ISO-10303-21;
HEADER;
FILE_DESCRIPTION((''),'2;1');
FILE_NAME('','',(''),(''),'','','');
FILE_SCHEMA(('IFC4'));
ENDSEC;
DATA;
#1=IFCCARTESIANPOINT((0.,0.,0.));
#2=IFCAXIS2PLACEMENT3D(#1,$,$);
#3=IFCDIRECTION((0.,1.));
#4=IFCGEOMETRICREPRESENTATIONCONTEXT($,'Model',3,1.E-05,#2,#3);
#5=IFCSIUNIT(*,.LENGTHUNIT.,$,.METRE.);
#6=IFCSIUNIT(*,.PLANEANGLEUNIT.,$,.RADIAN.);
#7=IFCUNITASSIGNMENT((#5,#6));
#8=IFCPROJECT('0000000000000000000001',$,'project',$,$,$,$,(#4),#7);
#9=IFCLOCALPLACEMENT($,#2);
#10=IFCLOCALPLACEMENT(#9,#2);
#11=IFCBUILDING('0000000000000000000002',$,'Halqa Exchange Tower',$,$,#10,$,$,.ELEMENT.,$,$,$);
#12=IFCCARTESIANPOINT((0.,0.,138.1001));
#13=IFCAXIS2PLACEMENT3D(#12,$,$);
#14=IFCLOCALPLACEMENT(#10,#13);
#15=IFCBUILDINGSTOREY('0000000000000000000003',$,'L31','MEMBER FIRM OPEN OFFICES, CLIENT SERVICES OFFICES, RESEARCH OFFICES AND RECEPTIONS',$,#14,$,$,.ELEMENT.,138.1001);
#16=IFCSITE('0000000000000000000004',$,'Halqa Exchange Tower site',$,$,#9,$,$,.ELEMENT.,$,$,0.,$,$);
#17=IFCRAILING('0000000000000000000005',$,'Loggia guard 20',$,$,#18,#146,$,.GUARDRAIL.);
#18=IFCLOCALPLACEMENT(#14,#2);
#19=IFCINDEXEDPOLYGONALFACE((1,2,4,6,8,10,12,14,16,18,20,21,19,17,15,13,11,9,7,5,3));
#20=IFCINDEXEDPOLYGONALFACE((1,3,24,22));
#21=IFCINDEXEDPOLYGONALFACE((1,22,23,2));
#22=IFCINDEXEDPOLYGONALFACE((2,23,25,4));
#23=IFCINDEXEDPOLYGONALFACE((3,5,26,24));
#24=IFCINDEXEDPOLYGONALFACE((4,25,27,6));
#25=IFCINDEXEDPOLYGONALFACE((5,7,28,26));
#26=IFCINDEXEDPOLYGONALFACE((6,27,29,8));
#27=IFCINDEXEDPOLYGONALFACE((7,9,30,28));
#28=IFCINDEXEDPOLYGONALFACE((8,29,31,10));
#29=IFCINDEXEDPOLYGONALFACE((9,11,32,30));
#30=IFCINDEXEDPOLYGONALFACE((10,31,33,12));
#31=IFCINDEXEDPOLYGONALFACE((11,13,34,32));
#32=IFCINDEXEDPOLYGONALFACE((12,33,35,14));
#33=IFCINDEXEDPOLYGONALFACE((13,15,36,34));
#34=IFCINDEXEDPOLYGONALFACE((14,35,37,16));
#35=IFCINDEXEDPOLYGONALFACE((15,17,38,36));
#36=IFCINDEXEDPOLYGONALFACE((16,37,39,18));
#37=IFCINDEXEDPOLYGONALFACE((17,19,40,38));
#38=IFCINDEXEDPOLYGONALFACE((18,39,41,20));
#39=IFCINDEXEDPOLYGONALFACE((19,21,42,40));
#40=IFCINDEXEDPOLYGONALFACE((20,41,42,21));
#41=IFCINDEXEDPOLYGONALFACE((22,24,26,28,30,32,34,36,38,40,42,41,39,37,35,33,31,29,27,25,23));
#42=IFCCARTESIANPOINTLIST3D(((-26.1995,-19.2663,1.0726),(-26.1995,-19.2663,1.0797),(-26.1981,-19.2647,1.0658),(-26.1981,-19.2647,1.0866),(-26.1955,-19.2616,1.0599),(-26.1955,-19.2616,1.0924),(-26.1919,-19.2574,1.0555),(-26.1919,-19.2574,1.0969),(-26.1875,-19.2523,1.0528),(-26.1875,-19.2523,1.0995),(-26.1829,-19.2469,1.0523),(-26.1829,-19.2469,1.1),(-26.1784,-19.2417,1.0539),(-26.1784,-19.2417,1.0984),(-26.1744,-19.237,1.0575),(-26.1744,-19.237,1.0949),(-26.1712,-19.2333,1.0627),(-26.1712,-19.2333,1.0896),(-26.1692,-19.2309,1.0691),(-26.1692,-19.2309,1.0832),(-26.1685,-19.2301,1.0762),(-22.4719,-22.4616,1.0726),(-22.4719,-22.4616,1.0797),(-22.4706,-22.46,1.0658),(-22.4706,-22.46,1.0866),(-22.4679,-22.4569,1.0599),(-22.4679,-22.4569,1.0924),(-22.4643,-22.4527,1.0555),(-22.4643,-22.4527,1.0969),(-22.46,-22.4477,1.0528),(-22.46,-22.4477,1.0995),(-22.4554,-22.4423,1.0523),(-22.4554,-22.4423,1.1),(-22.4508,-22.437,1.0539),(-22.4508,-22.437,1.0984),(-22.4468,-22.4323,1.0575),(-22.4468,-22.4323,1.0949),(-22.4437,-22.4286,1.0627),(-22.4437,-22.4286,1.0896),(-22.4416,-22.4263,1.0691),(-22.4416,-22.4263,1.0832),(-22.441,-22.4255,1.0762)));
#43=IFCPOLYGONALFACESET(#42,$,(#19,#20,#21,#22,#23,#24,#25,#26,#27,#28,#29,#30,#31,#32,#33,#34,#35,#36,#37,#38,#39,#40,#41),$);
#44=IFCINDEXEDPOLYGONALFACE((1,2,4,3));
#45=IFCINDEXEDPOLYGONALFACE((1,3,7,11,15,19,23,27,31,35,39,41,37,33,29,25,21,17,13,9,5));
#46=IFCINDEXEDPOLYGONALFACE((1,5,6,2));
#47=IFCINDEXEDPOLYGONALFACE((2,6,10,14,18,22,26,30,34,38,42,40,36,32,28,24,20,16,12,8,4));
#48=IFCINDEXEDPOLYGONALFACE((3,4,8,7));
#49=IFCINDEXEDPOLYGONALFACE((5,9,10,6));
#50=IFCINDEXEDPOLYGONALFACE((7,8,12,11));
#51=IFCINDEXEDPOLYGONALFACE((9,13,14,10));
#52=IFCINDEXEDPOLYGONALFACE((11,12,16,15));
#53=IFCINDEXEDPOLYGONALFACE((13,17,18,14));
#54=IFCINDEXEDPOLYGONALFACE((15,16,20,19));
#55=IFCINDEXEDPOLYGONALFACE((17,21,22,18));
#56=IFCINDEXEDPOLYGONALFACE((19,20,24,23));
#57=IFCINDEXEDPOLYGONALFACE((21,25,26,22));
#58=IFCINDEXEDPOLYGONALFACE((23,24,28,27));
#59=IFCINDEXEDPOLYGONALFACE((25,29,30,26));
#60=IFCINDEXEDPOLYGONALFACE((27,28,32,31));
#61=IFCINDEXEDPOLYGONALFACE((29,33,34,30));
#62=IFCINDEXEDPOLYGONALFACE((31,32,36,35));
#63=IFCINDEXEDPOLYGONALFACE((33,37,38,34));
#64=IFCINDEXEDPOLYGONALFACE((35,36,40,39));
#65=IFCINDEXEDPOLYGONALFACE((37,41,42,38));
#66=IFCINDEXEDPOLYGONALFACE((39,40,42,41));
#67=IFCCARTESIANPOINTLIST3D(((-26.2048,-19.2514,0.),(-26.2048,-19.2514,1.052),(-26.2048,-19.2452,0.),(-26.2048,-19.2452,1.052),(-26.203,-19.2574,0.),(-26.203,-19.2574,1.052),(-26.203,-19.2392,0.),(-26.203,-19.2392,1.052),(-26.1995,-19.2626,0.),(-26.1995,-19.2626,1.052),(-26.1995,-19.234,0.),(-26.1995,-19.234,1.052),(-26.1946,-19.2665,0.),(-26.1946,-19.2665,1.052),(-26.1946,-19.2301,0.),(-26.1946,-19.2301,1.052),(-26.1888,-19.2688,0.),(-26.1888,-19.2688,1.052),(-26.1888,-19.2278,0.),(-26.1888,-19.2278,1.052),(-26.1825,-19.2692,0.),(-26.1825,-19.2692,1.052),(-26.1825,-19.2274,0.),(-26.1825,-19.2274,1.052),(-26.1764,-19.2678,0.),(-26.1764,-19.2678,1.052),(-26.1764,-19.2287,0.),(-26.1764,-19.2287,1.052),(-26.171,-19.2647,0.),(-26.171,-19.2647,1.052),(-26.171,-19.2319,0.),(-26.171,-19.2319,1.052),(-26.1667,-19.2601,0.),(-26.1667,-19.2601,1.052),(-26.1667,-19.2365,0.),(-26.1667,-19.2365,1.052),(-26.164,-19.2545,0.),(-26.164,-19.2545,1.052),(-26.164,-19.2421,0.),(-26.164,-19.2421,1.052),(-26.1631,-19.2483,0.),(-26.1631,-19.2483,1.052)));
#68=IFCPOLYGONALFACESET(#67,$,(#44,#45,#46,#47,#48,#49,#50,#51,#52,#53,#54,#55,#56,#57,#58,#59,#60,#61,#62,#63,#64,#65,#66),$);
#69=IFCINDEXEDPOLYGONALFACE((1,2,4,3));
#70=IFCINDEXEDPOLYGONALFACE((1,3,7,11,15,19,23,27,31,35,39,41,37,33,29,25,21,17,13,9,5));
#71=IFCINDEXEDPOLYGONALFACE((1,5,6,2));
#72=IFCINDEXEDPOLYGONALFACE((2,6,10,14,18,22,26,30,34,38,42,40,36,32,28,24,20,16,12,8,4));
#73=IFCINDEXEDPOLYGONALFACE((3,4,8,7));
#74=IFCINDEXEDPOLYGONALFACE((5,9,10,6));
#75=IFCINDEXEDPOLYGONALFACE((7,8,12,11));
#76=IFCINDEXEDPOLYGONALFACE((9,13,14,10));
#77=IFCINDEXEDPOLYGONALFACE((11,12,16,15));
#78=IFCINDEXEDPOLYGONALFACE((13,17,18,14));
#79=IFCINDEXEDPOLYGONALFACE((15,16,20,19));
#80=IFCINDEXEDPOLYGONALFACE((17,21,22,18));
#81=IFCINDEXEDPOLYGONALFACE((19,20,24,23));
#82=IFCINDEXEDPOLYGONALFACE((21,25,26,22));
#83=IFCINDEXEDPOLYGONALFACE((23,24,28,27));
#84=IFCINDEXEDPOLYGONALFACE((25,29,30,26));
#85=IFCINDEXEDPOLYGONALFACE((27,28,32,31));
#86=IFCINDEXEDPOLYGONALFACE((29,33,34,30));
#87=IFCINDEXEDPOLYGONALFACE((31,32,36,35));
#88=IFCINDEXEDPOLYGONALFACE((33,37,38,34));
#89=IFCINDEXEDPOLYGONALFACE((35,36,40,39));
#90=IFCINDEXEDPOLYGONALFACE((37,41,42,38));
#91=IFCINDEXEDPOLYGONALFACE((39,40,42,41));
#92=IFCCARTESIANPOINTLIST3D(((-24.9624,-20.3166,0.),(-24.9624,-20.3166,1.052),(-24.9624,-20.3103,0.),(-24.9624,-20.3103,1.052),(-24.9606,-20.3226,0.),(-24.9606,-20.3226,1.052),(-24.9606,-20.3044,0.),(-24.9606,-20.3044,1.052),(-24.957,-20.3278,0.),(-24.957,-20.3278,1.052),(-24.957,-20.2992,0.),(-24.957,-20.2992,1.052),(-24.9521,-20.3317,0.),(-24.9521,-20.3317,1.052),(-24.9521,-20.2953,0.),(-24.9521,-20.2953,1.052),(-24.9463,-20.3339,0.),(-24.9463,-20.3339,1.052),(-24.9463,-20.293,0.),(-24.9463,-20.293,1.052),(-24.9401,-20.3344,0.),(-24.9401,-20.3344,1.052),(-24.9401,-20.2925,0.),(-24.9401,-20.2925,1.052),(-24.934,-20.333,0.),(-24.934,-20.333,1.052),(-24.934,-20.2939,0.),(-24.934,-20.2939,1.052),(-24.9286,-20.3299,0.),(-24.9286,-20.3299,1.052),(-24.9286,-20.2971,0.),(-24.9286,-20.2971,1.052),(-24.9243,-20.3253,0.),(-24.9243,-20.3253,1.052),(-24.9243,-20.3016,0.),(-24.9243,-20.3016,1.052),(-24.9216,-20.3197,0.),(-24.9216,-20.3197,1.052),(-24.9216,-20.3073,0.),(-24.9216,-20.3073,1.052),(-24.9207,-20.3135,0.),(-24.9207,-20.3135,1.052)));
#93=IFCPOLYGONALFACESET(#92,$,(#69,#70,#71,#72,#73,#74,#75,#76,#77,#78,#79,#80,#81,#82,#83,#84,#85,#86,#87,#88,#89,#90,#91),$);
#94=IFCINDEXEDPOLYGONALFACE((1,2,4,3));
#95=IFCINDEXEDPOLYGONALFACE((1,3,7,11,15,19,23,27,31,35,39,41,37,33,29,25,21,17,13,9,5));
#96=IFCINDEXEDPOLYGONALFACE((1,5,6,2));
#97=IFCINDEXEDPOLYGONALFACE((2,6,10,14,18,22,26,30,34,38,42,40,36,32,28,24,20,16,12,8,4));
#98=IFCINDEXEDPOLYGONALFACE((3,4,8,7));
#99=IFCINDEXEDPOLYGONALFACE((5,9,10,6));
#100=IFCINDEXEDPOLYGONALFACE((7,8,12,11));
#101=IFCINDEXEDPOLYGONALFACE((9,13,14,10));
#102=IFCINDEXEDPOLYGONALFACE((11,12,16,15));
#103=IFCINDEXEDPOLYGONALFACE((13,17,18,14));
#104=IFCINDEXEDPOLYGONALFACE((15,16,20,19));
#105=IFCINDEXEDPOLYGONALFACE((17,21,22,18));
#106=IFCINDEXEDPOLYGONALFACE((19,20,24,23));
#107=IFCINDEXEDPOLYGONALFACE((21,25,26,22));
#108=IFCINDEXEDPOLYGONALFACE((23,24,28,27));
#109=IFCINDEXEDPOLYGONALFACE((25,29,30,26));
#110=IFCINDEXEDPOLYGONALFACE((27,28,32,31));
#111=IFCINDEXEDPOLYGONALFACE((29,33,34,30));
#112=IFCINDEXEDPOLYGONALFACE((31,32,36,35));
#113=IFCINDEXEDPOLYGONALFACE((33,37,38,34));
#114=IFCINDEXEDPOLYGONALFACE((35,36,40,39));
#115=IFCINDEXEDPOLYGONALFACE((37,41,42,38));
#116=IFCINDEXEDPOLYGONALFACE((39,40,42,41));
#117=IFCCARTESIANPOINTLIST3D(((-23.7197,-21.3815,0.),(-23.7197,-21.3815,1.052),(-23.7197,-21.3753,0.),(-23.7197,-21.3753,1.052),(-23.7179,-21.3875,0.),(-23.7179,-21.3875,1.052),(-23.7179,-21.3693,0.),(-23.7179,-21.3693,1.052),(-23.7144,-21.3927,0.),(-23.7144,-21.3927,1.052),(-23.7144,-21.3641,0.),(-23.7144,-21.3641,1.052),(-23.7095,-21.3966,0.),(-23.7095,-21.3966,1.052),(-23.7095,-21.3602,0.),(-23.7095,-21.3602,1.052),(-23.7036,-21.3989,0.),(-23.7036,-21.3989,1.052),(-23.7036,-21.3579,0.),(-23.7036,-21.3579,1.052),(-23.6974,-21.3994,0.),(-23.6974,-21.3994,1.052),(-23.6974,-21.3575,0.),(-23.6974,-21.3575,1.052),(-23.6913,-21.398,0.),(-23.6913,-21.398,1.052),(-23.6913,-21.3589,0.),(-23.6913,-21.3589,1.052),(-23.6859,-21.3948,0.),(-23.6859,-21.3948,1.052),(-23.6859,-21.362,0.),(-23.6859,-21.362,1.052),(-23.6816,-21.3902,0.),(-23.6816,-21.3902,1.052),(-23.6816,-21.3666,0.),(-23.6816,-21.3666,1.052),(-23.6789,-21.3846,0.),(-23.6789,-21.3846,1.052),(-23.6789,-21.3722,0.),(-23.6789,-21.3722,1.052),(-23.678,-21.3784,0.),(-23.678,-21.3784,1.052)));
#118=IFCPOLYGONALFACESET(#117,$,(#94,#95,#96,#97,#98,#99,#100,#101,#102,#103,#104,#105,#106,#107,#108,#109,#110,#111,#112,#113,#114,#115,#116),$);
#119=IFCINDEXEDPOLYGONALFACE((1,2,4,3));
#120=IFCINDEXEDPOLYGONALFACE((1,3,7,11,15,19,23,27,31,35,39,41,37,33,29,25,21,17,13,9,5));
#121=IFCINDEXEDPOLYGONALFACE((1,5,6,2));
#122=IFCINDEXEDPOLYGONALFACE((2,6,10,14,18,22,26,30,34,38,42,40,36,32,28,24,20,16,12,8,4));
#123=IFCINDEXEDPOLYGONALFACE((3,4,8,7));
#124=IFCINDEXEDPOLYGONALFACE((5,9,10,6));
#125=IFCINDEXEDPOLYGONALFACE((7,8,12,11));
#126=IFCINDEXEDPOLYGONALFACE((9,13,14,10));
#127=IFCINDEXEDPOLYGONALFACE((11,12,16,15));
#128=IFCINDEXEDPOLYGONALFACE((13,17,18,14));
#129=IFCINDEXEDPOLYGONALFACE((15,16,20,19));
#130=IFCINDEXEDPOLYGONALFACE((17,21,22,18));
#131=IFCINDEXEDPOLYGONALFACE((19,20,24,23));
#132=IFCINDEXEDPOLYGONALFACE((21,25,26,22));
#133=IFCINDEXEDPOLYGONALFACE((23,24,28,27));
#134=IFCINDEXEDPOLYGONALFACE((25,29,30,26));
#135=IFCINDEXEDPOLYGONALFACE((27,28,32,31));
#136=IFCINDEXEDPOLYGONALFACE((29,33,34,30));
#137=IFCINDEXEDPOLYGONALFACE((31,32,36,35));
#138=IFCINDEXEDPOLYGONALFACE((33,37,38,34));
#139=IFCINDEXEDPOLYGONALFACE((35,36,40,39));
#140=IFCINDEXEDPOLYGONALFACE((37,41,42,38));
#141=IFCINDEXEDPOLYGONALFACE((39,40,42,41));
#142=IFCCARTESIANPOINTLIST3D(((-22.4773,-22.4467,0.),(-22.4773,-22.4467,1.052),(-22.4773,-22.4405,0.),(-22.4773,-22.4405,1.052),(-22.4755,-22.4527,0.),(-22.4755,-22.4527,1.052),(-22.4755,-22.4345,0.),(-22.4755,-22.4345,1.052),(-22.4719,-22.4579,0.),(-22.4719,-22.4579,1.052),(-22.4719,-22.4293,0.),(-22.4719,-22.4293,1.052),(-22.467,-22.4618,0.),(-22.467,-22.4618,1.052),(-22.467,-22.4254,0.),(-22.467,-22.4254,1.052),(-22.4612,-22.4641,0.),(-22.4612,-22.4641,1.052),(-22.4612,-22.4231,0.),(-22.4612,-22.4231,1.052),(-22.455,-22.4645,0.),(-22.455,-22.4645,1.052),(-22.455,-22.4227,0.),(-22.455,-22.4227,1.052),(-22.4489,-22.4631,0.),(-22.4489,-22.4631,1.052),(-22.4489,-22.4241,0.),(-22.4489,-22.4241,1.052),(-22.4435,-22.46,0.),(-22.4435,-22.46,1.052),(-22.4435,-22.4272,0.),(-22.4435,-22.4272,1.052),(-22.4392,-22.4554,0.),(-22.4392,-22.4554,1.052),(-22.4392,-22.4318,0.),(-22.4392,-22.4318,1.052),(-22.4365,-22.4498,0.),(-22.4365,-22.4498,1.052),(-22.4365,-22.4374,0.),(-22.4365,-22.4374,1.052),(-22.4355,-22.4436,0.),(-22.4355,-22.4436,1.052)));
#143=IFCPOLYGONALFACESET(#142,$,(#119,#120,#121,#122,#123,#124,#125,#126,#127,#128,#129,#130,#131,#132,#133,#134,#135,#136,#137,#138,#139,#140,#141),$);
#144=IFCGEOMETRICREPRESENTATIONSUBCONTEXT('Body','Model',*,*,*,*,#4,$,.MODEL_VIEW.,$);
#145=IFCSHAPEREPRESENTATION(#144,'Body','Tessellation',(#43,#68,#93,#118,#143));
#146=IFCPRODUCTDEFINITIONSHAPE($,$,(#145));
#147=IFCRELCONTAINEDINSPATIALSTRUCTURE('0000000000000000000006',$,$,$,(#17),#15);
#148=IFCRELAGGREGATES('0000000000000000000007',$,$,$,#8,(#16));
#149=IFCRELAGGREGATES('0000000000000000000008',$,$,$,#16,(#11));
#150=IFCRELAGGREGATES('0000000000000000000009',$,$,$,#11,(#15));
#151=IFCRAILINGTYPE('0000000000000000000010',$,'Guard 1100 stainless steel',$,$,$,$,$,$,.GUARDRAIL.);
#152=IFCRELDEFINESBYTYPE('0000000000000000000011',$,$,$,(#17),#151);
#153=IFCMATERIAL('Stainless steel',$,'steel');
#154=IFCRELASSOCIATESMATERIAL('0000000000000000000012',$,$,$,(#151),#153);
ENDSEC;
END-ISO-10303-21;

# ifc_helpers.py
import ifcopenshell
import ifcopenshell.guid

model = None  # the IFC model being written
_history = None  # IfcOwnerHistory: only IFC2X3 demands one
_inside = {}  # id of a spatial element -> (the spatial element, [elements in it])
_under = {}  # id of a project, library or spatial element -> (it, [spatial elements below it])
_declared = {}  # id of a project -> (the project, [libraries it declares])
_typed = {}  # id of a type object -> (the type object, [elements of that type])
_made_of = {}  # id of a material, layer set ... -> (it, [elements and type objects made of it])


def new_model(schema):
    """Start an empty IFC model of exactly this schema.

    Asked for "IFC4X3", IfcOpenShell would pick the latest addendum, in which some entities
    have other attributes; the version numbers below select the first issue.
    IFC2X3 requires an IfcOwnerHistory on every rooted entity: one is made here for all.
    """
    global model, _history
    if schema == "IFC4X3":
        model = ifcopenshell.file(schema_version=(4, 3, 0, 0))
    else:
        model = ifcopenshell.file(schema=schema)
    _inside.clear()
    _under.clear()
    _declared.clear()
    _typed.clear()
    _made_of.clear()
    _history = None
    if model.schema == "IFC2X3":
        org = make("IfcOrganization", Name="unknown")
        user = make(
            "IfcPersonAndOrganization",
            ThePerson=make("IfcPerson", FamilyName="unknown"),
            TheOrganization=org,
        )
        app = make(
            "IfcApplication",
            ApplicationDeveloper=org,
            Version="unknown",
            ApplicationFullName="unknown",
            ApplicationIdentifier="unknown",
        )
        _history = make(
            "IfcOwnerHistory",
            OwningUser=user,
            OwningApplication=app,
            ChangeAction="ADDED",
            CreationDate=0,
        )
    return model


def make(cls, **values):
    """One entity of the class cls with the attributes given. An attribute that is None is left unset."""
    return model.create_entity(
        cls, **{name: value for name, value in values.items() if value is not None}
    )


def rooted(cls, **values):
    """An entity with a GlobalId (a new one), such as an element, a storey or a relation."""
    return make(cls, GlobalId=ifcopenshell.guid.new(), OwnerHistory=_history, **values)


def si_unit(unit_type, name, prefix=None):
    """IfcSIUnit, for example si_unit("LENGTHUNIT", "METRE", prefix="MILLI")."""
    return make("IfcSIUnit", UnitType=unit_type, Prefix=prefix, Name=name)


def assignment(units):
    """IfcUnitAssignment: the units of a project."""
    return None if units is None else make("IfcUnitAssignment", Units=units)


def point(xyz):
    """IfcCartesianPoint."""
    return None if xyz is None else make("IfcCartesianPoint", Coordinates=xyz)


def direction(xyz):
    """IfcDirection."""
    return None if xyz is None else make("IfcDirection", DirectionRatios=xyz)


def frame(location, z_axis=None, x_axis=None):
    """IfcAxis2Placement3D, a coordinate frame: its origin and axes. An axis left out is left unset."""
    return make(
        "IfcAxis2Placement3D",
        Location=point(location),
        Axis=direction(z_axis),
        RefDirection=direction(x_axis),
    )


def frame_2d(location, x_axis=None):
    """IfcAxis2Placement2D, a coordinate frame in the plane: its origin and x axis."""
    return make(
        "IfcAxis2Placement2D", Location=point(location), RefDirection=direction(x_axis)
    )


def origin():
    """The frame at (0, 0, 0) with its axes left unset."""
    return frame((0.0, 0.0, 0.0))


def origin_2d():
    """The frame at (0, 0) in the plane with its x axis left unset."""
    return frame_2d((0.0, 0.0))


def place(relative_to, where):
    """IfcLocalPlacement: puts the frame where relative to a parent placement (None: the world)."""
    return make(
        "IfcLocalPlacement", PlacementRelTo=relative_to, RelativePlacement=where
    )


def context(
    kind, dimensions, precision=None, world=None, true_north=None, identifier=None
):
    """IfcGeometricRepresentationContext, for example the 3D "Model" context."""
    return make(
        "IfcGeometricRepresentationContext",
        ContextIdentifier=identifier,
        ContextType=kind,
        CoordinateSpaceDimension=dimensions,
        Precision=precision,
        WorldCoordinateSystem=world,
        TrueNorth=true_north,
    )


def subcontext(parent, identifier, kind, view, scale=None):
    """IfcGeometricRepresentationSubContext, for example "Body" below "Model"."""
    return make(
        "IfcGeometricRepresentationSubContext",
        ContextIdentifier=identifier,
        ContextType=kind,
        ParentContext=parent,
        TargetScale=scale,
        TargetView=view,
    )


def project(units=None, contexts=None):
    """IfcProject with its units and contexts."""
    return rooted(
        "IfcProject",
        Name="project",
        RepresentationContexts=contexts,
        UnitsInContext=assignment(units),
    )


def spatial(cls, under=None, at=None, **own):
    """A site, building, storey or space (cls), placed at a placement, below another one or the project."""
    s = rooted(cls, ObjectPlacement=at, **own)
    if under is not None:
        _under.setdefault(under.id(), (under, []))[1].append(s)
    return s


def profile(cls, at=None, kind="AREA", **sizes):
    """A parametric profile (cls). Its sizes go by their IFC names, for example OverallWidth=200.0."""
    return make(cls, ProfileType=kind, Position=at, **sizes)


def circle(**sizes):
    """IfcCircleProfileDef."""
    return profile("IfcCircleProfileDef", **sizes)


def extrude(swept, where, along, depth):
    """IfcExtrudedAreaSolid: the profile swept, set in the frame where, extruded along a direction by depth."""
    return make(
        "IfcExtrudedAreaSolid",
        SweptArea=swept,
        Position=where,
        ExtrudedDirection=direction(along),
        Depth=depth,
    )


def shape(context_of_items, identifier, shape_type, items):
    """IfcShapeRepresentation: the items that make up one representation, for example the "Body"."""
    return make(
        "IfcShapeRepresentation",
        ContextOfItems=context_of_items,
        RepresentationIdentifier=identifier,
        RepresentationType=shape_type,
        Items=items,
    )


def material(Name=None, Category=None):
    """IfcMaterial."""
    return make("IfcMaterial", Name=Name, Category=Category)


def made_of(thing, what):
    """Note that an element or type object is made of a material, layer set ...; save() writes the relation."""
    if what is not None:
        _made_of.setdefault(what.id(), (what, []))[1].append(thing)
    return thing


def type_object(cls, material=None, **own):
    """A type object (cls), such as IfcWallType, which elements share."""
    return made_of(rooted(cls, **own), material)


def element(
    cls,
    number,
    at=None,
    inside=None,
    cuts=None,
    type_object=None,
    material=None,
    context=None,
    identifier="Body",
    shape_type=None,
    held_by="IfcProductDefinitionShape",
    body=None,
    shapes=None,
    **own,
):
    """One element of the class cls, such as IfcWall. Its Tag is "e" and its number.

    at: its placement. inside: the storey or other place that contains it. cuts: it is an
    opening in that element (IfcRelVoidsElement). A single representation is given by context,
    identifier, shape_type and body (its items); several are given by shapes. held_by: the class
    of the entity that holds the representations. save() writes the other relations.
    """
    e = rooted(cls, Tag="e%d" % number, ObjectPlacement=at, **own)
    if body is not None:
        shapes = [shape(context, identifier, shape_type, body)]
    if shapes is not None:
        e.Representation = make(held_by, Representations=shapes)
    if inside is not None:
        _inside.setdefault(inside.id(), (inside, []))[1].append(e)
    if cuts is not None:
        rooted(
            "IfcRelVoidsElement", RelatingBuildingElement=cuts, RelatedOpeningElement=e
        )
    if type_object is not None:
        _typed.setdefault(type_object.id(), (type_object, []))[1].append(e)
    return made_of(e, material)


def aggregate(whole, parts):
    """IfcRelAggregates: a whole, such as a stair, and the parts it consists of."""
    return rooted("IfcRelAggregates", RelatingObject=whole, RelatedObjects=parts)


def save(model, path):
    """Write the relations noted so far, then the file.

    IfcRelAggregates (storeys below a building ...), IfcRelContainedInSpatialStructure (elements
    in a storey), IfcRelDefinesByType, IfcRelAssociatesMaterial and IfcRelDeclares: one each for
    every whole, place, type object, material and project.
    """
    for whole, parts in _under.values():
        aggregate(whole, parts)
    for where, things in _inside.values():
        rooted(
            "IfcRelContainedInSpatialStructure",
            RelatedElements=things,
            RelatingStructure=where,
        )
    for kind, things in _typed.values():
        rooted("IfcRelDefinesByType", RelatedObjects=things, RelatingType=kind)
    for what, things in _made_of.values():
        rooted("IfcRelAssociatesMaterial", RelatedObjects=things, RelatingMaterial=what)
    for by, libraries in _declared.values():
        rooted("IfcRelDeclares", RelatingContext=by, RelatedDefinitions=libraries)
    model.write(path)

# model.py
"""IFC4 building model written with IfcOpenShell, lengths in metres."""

from ifc_helpers import new_model, si_unit, direction, frame, origin, origin_2d, place, context, subcontext, project, spatial, circle, extrude, material, type_object, element, save


model = new_model("IFC4")

# Units and contexts
model_context = context("Model", 3, precision=1e-05, world=origin(), true_north=direction((0.0, 1.0)))
body_context = subcontext(model_context, "Body", "Model", "MODEL_VIEW")
ifc_project = project(units=[si_unit("LENGTHUNIT", "METRE"), si_unit("PLANEANGLEUNIT", "RADIAN")], contexts=[model_context])

# Site, building, storey
site_placement = place(None, origin())
site = spatial("IfcSite", under=ifc_project, at=site_placement, Name="Halqa Exchange Tower site", CompositionType="ELEMENT", RefElevation=0.0)
building_placement = place(site_placement, origin())
building = spatial("IfcBuilding", under=site, at=building_placement, Name="Halqa Exchange Tower", CompositionType="ELEMENT")
storey_placement = place(building_placement, frame((0.0, 0.0, 138.1001)))
storey = spatial("IfcBuildingStorey", under=building, at=storey_placement, Name="L31", Description="MEMBER FIRM OPEN OFFICES, CLIENT SERVICES OFFICES, RESEARCH OFFICES AND RECEPTIONS", CompositionType="ELEMENT", Elevation=138.1001)

# Railing
ifc_material_1 = material(Name="Stainless steel", Category="steel")
railing_type = type_object("IfcRailingType", Name="Guard 1100 stainless steel", PredefinedType="GUARDRAIL", material=ifc_material_1)
railing_1_placement = place(storey_placement, frame((-26.1841, -19.2483, 0.0)))
element("IfcRailing", 1, at=railing_1_placement, inside=storey, type_object=railing_type, Name="Loggia guard 20", PredefinedType="GUARDRAIL", context=body_context, shape_type="SweptSolid", body=[
    extrude(circle(Radius=0.0239, at=origin_2d()), frame((0.0, 0.0, 1.0762), z_axis=(0.759229, -0.650824, 0.0), x_axis=(0.650824, 0.759229, 0.0)), (0.0, 0.0, 1.0), 4.9097),
    extrude(circle(Radius=0.021, at=origin_2d()), origin(), (0.0, 0.0, 1.0), 1.052),
    extrude(circle(Radius=0.021, at=origin_2d()), frame((1.2424, -1.0652, 0.0)), (0.0, 0.0, 1.0), 1.052),
    extrude(circle(Radius=0.021, at=origin_2d()), frame((2.4851, -2.1301, 0.0)), (0.0, 0.0, 1.0), 1.052),
    extrude(circle(Radius=0.021, at=origin_2d()), frame((3.7275, -3.1953, 0.0)), (0.0, 0.0, 1.0), 1.052),
])

save(model, "model.ifc")
